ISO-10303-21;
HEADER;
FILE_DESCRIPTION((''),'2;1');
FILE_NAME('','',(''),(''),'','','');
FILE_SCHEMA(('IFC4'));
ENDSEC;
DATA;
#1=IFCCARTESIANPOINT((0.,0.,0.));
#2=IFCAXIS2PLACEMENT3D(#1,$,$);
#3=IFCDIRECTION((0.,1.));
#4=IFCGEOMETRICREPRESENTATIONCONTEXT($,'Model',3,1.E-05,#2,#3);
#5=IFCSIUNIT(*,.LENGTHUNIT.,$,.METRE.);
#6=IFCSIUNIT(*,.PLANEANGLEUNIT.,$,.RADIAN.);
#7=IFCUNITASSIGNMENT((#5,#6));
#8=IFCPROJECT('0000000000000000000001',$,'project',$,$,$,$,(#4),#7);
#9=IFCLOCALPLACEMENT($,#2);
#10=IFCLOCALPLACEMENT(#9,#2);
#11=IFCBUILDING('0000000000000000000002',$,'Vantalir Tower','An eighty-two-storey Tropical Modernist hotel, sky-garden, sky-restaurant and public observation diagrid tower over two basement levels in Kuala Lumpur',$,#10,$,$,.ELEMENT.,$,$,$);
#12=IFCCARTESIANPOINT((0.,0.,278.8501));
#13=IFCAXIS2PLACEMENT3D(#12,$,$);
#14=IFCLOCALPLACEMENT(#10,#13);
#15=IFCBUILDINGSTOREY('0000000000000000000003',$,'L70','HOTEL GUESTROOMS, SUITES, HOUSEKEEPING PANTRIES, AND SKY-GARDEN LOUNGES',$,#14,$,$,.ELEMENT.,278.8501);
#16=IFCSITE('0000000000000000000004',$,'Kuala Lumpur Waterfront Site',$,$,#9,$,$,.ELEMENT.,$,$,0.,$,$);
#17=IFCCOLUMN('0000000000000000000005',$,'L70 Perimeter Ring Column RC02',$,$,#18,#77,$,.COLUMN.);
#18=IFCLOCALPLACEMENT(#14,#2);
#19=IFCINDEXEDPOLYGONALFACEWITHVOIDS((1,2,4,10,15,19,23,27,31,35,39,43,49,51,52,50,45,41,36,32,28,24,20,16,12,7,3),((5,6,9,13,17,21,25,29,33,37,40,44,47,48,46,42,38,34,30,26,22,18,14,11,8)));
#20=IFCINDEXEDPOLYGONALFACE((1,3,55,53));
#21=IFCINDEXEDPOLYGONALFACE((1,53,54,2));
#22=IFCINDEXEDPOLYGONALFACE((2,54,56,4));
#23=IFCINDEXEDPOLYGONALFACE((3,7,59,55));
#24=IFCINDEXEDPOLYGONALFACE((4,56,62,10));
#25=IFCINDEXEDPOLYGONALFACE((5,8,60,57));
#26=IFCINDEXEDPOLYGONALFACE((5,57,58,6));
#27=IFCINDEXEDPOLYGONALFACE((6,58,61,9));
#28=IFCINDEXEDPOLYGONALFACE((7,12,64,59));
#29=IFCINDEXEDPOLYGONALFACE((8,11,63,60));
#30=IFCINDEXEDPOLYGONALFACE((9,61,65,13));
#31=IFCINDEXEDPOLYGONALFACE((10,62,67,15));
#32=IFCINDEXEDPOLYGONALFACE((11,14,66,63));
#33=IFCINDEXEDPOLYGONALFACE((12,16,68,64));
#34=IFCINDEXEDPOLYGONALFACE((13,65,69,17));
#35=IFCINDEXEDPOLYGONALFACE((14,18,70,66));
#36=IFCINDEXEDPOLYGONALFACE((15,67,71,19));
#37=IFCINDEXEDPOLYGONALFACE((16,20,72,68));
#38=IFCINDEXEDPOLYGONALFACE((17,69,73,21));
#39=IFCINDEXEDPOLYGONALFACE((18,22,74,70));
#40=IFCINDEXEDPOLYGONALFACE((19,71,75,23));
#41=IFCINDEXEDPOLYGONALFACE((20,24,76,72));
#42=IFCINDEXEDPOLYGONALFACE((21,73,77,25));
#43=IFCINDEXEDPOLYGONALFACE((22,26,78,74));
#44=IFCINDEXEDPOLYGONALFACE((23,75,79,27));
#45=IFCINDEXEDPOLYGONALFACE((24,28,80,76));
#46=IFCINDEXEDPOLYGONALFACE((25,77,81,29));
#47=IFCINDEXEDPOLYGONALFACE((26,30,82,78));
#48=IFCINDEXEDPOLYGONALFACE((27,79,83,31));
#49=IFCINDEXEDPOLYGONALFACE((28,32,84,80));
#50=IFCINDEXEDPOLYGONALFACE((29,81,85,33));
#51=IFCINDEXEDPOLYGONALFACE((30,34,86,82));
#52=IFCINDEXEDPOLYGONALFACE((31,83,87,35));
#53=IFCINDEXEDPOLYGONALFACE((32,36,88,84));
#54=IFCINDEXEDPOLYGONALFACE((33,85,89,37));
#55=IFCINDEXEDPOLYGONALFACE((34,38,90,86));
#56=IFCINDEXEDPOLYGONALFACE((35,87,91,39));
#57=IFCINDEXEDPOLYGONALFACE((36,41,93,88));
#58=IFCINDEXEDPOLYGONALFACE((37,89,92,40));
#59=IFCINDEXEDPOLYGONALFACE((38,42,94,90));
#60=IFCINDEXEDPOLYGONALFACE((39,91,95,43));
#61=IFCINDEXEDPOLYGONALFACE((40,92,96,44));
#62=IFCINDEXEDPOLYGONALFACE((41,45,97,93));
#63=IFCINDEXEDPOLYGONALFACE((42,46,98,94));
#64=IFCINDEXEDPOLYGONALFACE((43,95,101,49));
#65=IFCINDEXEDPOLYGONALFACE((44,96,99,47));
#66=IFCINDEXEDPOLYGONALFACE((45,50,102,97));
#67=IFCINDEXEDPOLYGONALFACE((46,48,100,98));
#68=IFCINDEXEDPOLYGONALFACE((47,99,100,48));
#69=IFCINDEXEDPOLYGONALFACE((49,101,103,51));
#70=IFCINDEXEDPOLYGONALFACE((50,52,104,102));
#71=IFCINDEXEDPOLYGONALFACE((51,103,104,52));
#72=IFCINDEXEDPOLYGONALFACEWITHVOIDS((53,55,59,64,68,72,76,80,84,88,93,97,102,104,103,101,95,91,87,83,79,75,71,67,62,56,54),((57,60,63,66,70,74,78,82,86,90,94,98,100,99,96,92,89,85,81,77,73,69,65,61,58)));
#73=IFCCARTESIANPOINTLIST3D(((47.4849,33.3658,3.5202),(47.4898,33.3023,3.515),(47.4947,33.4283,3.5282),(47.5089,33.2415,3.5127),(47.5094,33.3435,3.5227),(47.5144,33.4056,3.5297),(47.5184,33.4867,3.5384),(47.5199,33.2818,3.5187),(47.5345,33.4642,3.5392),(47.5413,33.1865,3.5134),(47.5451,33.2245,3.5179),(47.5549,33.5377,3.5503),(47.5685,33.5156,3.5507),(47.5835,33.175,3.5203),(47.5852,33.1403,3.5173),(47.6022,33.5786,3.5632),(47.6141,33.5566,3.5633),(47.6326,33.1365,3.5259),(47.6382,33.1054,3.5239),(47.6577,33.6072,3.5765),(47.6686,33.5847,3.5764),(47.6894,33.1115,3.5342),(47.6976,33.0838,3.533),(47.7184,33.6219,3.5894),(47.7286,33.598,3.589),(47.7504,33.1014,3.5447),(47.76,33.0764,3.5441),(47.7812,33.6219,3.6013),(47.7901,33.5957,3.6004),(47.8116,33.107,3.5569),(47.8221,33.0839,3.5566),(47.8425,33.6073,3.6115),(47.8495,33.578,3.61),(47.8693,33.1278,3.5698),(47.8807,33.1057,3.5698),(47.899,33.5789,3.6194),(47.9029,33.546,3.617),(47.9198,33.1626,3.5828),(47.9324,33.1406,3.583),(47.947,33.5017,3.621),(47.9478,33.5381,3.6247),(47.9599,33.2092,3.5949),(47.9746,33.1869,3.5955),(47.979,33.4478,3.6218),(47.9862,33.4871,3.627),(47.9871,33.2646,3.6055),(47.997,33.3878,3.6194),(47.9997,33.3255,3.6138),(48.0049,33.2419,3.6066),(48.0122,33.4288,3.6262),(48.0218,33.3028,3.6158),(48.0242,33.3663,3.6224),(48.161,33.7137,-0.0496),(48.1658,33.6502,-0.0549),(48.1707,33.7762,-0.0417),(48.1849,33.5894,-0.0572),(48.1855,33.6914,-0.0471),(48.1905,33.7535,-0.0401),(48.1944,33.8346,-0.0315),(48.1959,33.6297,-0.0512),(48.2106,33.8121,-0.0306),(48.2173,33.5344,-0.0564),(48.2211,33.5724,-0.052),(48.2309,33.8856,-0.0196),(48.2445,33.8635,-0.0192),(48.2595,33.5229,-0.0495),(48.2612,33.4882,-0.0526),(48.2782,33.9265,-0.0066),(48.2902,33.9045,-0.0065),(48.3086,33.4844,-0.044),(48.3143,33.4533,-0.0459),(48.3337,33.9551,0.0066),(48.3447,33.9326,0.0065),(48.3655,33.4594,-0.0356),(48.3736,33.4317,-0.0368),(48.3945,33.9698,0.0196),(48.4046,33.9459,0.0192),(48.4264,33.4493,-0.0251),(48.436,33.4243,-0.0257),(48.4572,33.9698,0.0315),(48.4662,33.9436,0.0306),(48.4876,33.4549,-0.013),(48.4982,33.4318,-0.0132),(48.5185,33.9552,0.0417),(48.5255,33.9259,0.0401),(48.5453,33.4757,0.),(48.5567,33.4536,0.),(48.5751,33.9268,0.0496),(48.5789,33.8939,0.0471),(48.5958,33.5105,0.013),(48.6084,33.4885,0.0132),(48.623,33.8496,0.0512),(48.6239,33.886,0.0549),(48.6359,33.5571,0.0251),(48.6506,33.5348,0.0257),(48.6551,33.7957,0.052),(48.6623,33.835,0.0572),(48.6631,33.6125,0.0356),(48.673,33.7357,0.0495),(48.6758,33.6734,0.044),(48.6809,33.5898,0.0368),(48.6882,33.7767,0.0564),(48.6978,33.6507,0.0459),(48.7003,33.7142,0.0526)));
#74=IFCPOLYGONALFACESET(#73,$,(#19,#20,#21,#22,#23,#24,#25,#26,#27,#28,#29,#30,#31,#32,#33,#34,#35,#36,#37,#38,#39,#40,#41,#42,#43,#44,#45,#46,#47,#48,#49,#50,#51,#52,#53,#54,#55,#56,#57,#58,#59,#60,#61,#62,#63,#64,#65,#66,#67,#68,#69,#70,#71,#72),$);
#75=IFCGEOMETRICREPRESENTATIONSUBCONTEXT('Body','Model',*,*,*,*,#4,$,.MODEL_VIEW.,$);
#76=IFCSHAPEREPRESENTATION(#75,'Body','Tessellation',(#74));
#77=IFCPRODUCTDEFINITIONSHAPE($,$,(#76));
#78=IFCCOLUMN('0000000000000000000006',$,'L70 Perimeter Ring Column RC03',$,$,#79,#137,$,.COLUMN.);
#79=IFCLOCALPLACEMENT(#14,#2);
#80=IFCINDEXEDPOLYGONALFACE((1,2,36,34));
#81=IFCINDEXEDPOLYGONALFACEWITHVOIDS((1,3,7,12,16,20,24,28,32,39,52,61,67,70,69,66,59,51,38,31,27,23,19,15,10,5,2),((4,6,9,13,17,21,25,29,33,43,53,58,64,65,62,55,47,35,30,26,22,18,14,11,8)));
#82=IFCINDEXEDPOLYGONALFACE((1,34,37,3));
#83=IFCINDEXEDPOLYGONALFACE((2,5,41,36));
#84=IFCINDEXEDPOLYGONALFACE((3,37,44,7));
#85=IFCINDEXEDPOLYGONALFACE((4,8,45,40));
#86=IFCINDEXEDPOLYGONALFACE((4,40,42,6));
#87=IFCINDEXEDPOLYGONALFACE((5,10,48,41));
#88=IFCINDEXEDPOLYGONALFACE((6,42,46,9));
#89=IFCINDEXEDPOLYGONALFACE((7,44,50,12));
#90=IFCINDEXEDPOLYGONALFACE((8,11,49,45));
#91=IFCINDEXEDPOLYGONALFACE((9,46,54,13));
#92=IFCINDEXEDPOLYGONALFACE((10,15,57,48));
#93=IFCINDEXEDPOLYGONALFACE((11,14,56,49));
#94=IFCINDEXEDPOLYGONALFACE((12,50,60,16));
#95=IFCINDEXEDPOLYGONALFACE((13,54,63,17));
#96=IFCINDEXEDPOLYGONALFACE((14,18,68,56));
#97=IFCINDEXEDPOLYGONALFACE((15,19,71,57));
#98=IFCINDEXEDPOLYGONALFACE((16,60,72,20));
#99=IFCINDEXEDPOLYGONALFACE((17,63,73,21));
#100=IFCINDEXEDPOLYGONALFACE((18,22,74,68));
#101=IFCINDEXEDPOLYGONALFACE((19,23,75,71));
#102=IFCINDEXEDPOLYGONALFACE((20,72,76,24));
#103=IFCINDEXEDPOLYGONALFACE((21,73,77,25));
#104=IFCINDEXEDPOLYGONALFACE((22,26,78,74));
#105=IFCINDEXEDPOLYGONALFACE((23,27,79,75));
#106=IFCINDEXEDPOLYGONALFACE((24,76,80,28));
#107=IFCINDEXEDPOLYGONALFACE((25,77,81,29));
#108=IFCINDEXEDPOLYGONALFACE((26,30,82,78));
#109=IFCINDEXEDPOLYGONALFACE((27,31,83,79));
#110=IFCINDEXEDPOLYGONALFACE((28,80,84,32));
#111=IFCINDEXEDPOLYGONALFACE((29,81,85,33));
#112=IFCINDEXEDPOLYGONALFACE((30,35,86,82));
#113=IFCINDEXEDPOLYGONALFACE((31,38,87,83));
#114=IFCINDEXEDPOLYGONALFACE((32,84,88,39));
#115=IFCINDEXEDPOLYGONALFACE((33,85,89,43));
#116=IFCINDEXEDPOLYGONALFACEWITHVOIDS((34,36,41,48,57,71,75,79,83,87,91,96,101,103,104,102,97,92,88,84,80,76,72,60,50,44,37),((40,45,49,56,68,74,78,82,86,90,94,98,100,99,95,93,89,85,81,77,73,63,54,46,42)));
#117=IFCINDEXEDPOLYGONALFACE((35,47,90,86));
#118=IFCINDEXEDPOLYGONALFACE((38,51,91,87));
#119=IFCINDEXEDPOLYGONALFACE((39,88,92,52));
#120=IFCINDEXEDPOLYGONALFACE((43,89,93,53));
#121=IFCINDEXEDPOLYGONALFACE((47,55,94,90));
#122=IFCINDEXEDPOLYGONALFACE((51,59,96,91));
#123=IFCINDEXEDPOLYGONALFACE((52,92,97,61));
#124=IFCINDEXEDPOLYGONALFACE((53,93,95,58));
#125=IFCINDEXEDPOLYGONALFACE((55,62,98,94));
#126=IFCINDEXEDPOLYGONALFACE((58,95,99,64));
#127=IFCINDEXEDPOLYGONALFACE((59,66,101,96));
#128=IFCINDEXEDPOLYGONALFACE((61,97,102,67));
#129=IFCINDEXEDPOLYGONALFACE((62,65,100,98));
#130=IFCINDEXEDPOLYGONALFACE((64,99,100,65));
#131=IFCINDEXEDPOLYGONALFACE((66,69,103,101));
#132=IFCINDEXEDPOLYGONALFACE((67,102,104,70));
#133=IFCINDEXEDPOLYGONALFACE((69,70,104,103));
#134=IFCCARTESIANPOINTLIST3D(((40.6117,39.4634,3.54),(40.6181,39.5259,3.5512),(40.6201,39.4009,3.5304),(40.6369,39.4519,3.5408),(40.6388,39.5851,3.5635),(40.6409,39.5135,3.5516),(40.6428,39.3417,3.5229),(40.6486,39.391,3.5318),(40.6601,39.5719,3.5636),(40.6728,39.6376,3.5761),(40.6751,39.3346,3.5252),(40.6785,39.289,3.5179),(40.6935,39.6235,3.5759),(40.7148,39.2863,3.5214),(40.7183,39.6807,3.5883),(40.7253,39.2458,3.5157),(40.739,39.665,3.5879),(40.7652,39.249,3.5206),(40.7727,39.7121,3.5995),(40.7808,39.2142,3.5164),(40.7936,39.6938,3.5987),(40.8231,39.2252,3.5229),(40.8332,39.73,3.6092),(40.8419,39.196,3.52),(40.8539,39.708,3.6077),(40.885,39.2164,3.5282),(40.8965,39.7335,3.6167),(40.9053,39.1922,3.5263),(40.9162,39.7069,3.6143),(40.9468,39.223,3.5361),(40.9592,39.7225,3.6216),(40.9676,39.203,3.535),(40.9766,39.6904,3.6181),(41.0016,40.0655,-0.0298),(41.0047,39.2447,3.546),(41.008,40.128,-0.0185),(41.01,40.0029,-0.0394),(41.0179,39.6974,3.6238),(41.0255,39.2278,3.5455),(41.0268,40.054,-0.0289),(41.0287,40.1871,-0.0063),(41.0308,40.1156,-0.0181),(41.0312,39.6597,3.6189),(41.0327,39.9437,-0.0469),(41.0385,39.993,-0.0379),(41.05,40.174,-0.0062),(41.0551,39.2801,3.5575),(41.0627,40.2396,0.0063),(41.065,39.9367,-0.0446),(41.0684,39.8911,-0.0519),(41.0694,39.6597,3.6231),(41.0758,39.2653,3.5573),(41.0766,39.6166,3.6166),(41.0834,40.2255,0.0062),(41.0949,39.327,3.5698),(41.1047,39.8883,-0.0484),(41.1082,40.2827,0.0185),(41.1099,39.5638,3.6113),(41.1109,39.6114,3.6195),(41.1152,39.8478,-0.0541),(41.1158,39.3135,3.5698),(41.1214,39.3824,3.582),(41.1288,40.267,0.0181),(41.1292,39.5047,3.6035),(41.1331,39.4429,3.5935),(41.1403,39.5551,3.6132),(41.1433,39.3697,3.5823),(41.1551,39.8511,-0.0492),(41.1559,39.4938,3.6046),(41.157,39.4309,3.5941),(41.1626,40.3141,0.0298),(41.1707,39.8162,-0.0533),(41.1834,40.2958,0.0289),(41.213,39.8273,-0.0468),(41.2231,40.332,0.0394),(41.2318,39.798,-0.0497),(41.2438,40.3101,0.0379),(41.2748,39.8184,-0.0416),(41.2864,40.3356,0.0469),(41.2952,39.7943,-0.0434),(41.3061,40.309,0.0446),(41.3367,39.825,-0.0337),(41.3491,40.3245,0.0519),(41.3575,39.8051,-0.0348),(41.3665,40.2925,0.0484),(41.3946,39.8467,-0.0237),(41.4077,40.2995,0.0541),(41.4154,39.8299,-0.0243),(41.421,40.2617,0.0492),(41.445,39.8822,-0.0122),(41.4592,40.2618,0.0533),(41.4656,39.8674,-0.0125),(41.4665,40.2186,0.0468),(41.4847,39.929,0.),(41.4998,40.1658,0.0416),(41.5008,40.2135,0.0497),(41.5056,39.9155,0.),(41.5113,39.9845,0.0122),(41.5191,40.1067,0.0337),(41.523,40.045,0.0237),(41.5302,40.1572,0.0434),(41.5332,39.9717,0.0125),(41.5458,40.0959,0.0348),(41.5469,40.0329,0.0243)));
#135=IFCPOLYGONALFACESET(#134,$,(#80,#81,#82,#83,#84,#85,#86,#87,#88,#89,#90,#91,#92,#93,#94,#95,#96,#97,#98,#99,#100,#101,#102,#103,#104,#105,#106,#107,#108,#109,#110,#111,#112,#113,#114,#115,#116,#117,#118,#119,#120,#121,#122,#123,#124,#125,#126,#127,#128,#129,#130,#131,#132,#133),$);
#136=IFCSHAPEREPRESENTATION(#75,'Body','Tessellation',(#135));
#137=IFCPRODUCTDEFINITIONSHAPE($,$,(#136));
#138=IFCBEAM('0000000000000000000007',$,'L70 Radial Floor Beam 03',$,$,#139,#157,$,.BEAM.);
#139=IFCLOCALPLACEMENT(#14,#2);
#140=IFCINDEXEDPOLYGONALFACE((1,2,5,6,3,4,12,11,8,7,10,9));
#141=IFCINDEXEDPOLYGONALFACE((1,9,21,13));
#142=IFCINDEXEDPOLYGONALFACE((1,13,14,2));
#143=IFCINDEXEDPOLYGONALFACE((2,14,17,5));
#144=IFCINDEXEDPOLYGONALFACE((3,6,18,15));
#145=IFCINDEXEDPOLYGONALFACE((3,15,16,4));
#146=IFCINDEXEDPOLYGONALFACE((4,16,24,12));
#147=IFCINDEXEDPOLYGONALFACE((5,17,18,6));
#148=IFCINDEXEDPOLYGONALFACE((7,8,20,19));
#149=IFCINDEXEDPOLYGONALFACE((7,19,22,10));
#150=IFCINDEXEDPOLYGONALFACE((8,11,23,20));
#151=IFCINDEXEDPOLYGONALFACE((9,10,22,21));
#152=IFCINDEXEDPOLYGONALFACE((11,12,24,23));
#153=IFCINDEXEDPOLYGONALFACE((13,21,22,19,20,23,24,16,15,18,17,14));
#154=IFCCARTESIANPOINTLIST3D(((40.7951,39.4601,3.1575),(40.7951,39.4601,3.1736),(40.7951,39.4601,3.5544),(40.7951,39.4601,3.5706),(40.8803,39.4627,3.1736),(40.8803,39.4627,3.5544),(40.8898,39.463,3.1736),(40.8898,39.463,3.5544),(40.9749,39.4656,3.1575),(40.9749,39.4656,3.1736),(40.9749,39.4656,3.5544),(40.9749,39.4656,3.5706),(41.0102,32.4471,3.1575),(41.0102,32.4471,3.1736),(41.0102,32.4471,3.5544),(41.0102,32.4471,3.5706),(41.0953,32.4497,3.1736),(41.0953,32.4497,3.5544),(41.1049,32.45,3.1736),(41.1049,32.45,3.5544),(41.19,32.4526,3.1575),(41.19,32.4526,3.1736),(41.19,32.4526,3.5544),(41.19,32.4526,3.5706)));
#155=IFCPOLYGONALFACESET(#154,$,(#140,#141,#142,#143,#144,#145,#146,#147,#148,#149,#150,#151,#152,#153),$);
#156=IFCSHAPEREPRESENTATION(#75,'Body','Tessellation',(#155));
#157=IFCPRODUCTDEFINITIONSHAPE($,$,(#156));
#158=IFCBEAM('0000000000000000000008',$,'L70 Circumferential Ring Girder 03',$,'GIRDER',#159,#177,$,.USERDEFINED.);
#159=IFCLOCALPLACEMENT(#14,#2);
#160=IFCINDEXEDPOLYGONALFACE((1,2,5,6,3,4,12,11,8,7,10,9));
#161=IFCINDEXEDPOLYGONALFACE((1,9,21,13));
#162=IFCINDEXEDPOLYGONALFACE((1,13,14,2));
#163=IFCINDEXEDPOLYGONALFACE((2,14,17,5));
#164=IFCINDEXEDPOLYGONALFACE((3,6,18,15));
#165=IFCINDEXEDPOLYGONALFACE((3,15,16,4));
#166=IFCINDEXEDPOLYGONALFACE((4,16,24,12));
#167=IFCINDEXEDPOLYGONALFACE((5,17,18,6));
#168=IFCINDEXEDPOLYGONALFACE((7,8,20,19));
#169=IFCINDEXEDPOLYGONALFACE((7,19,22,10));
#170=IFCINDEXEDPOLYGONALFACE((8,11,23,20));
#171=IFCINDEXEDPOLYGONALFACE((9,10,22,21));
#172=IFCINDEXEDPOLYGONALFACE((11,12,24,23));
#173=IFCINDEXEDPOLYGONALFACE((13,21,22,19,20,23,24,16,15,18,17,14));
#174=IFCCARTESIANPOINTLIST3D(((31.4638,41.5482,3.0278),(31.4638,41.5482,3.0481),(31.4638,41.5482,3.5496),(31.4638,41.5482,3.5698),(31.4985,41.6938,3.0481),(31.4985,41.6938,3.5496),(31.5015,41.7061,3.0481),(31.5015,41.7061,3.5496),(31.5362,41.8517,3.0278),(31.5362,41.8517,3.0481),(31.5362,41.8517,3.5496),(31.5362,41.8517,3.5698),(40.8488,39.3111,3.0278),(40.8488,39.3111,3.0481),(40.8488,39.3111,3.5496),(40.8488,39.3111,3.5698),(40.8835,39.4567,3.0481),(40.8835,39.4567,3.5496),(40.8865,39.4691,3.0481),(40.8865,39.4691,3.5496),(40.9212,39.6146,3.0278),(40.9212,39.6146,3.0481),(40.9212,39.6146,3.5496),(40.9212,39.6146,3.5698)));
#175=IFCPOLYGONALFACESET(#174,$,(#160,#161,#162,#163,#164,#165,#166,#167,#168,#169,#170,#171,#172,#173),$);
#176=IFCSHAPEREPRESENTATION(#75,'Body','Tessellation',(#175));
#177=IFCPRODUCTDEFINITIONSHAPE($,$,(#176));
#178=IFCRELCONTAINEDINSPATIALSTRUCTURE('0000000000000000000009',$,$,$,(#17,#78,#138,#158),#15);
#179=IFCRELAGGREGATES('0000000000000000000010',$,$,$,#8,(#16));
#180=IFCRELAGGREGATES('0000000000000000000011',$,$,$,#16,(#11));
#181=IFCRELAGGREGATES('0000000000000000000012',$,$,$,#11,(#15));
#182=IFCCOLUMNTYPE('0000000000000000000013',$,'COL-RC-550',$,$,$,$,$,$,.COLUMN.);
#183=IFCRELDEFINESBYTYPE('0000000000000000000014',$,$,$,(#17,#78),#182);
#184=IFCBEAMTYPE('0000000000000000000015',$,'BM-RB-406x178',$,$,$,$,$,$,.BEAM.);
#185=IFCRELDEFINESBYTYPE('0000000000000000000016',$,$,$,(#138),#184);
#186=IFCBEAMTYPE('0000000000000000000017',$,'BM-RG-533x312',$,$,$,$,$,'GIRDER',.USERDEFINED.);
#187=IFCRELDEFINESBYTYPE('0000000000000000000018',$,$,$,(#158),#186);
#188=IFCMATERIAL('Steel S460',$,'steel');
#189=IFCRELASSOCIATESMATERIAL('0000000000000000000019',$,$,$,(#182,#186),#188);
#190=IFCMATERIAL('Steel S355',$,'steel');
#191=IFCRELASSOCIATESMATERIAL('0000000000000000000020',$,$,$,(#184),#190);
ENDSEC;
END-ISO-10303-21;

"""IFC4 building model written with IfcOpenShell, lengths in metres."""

from ifc_helpers import new_model, si_unit, direction, frame, origin, origin_2d, place, context, subcontext, project, spatial, hollow_circle, i_section, extrude, material, material_profile, profile_set, type_object, element, save


model = new_model("IFC4")

# Units and contexts
model_context = context("Model", 3, precision=1e-05, world=origin(), true_north=direction((0.0, 1.0)))
body_context = subcontext(model_context, "Body", "Model", "MODEL_VIEW")
ifc_project = project(units=[si_unit("LENGTHUNIT", "METRE"), si_unit("PLANEANGLEUNIT", "RADIAN")], contexts=[model_context])

# Site, building, storey
site_placement = place(None, origin())
site = spatial("IfcSite", under=ifc_project, at=site_placement, Name="Kuala Lumpur Waterfront Site", CompositionType="ELEMENT", RefElevation=0.0)
building_placement = place(site_placement, origin())
building = spatial("IfcBuilding", under=site, at=building_placement, Name="Vantalir Tower", Description="An eighty-two-storey Tropical Modernist hotel, sky-garden, sky-restaurant and public observation diagrid tower over two basement levels in Kuala Lumpur", CompositionType="ELEMENT")
storey_placement = place(building_placement, frame((0.0, 0.0, 278.8501)))
storey = spatial("IfcBuildingStorey", under=building, at=storey_placement, Name="L70", Description="HOTEL GUESTROOMS, SUITES, HOUSEKEEPING PANTRIES, AND SKY-GARDEN LOUNGES", CompositionType="ELEMENT", Elevation=278.8501)

# Columns
ifc_material_1 = material(Name="Steel S460", Category="steel")
ifc_material_profile_1 = material_profile(ifc_material_1, hollow_circle(Radius=0.2749, WallThickness=0.0249, at=origin_2d()), Name="Steel S460")
ifc_profile_set_1 = profile_set([ifc_material_profile_1], Name="Steel S460")
column_type = type_object("IfcColumnType", Name="COL-RC-550", PredefinedType="COLUMN", material=ifc_profile_set_1)
column_1_placement = place(storey_placement, frame((48.4309, 33.698, 0.0), z_axis=(-0.185218, -0.095318, 0.978064), x_axis=(0.457587, -0.889165, 0.0)))
element("IfcColumn", 1, at=column_1_placement, inside=storey, type_object=column_type, Name="L70 Perimeter Ring Column RC02", PredefinedType="COLUMN", context=body_context, shape_type="SweptSolid", body=[
    extrude(hollow_circle(Radius=0.2749, WallThickness=0.0249, at=origin_2d()), origin(), (0.0, 0.0, 1.0), 3.6499),
])
column_2_placement = place(storey_placement, frame((41.2749, 40.0649, 0.0), z_axis=(-0.107079, -0.165345, 0.980406), x_axis=(0.83936, -0.543576, 0.0)))
element("IfcColumn", 2, at=column_2_placement, inside=storey, type_object=column_type, Name="L70 Perimeter Ring Column RC03", PredefinedType="COLUMN", context=body_context, shape_type="SweptSolid", body=[
    extrude(hollow_circle(Radius=0.2749, WallThickness=0.0249, at=origin_2d()), origin(), (0.0, 0.0, 1.0), 3.6411),
])

# Beams
ifc_material_2 = material(Name="Steel S355", Category="steel")
ifc_material_profile_2 = material_profile(ifc_material_2, i_section(OverallWidth=0.1799, OverallDepth=0.4131, WebThickness=0.0095, FlangeThickness=0.0161, at=origin_2d()), Name="Steel S355")
ifc_profile_set_2 = profile_set([ifc_material_profile_2], Name="Steel S355")
beam_type_1 = type_object("IfcBeamType", Name="BM-RB-406x178", PredefinedType="BEAM", material=ifc_profile_set_2)
beam_1_placement = place(storey_placement, frame((40.885, 39.4629, 3.364), z_axis=(0.030656, -0.99953, 0.0), x_axis=(0.99953, 0.030656, 0.0)))
element("IfcBeam", 3, at=beam_1_placement, inside=storey, type_object=beam_type_1, Name="L70 Radial Floor Beam 03", PredefinedType="BEAM", context=body_context, shape_type="SweptSolid", body=[
    extrude(i_section(OverallWidth=0.1799, OverallDepth=0.4131, WebThickness=0.0095, FlangeThickness=0.0161, at=origin_2d()), origin(), (0.0, 0.0, 1.0), 7.0164),
])
ifc_material_profile_3 = material_profile(ifc_material_1, i_section(OverallWidth=0.312, OverallDepth=0.542, WebThickness=0.0127, FlangeThickness=0.0203, at=origin_2d()), Name="Steel S460")
ifc_profile_set_3 = profile_set([ifc_material_profile_3], Name="Steel S460")
beam_type_2 = type_object("IfcBeamType", Name="BM-RG-533x312", ElementType="GIRDER", PredefinedType="USERDEFINED", material=ifc_profile_set_3)
beam_2_placement = place(storey_placement, frame((40.885, 39.4629, 3.2988), z_axis=(-0.972747, 0.231869, 0.0), x_axis=(-0.231869, -0.972747, 0.0)))
element("IfcBeam", 4, at=beam_2_placement, inside=storey, type_object=beam_type_2, Name="L70 Circumferential Ring Girder 03", ObjectType="GIRDER", PredefinedType="USERDEFINED", context=body_context, shape_type="SweptSolid", body=[
    extrude(i_section(OverallWidth=0.312, OverallDepth=0.542, WebThickness=0.0127, FlangeThickness=0.0203, at=origin_2d()), origin(), (0.0, 0.0, 1.0), 9.6479),
])

save(model, "model.ifc")
